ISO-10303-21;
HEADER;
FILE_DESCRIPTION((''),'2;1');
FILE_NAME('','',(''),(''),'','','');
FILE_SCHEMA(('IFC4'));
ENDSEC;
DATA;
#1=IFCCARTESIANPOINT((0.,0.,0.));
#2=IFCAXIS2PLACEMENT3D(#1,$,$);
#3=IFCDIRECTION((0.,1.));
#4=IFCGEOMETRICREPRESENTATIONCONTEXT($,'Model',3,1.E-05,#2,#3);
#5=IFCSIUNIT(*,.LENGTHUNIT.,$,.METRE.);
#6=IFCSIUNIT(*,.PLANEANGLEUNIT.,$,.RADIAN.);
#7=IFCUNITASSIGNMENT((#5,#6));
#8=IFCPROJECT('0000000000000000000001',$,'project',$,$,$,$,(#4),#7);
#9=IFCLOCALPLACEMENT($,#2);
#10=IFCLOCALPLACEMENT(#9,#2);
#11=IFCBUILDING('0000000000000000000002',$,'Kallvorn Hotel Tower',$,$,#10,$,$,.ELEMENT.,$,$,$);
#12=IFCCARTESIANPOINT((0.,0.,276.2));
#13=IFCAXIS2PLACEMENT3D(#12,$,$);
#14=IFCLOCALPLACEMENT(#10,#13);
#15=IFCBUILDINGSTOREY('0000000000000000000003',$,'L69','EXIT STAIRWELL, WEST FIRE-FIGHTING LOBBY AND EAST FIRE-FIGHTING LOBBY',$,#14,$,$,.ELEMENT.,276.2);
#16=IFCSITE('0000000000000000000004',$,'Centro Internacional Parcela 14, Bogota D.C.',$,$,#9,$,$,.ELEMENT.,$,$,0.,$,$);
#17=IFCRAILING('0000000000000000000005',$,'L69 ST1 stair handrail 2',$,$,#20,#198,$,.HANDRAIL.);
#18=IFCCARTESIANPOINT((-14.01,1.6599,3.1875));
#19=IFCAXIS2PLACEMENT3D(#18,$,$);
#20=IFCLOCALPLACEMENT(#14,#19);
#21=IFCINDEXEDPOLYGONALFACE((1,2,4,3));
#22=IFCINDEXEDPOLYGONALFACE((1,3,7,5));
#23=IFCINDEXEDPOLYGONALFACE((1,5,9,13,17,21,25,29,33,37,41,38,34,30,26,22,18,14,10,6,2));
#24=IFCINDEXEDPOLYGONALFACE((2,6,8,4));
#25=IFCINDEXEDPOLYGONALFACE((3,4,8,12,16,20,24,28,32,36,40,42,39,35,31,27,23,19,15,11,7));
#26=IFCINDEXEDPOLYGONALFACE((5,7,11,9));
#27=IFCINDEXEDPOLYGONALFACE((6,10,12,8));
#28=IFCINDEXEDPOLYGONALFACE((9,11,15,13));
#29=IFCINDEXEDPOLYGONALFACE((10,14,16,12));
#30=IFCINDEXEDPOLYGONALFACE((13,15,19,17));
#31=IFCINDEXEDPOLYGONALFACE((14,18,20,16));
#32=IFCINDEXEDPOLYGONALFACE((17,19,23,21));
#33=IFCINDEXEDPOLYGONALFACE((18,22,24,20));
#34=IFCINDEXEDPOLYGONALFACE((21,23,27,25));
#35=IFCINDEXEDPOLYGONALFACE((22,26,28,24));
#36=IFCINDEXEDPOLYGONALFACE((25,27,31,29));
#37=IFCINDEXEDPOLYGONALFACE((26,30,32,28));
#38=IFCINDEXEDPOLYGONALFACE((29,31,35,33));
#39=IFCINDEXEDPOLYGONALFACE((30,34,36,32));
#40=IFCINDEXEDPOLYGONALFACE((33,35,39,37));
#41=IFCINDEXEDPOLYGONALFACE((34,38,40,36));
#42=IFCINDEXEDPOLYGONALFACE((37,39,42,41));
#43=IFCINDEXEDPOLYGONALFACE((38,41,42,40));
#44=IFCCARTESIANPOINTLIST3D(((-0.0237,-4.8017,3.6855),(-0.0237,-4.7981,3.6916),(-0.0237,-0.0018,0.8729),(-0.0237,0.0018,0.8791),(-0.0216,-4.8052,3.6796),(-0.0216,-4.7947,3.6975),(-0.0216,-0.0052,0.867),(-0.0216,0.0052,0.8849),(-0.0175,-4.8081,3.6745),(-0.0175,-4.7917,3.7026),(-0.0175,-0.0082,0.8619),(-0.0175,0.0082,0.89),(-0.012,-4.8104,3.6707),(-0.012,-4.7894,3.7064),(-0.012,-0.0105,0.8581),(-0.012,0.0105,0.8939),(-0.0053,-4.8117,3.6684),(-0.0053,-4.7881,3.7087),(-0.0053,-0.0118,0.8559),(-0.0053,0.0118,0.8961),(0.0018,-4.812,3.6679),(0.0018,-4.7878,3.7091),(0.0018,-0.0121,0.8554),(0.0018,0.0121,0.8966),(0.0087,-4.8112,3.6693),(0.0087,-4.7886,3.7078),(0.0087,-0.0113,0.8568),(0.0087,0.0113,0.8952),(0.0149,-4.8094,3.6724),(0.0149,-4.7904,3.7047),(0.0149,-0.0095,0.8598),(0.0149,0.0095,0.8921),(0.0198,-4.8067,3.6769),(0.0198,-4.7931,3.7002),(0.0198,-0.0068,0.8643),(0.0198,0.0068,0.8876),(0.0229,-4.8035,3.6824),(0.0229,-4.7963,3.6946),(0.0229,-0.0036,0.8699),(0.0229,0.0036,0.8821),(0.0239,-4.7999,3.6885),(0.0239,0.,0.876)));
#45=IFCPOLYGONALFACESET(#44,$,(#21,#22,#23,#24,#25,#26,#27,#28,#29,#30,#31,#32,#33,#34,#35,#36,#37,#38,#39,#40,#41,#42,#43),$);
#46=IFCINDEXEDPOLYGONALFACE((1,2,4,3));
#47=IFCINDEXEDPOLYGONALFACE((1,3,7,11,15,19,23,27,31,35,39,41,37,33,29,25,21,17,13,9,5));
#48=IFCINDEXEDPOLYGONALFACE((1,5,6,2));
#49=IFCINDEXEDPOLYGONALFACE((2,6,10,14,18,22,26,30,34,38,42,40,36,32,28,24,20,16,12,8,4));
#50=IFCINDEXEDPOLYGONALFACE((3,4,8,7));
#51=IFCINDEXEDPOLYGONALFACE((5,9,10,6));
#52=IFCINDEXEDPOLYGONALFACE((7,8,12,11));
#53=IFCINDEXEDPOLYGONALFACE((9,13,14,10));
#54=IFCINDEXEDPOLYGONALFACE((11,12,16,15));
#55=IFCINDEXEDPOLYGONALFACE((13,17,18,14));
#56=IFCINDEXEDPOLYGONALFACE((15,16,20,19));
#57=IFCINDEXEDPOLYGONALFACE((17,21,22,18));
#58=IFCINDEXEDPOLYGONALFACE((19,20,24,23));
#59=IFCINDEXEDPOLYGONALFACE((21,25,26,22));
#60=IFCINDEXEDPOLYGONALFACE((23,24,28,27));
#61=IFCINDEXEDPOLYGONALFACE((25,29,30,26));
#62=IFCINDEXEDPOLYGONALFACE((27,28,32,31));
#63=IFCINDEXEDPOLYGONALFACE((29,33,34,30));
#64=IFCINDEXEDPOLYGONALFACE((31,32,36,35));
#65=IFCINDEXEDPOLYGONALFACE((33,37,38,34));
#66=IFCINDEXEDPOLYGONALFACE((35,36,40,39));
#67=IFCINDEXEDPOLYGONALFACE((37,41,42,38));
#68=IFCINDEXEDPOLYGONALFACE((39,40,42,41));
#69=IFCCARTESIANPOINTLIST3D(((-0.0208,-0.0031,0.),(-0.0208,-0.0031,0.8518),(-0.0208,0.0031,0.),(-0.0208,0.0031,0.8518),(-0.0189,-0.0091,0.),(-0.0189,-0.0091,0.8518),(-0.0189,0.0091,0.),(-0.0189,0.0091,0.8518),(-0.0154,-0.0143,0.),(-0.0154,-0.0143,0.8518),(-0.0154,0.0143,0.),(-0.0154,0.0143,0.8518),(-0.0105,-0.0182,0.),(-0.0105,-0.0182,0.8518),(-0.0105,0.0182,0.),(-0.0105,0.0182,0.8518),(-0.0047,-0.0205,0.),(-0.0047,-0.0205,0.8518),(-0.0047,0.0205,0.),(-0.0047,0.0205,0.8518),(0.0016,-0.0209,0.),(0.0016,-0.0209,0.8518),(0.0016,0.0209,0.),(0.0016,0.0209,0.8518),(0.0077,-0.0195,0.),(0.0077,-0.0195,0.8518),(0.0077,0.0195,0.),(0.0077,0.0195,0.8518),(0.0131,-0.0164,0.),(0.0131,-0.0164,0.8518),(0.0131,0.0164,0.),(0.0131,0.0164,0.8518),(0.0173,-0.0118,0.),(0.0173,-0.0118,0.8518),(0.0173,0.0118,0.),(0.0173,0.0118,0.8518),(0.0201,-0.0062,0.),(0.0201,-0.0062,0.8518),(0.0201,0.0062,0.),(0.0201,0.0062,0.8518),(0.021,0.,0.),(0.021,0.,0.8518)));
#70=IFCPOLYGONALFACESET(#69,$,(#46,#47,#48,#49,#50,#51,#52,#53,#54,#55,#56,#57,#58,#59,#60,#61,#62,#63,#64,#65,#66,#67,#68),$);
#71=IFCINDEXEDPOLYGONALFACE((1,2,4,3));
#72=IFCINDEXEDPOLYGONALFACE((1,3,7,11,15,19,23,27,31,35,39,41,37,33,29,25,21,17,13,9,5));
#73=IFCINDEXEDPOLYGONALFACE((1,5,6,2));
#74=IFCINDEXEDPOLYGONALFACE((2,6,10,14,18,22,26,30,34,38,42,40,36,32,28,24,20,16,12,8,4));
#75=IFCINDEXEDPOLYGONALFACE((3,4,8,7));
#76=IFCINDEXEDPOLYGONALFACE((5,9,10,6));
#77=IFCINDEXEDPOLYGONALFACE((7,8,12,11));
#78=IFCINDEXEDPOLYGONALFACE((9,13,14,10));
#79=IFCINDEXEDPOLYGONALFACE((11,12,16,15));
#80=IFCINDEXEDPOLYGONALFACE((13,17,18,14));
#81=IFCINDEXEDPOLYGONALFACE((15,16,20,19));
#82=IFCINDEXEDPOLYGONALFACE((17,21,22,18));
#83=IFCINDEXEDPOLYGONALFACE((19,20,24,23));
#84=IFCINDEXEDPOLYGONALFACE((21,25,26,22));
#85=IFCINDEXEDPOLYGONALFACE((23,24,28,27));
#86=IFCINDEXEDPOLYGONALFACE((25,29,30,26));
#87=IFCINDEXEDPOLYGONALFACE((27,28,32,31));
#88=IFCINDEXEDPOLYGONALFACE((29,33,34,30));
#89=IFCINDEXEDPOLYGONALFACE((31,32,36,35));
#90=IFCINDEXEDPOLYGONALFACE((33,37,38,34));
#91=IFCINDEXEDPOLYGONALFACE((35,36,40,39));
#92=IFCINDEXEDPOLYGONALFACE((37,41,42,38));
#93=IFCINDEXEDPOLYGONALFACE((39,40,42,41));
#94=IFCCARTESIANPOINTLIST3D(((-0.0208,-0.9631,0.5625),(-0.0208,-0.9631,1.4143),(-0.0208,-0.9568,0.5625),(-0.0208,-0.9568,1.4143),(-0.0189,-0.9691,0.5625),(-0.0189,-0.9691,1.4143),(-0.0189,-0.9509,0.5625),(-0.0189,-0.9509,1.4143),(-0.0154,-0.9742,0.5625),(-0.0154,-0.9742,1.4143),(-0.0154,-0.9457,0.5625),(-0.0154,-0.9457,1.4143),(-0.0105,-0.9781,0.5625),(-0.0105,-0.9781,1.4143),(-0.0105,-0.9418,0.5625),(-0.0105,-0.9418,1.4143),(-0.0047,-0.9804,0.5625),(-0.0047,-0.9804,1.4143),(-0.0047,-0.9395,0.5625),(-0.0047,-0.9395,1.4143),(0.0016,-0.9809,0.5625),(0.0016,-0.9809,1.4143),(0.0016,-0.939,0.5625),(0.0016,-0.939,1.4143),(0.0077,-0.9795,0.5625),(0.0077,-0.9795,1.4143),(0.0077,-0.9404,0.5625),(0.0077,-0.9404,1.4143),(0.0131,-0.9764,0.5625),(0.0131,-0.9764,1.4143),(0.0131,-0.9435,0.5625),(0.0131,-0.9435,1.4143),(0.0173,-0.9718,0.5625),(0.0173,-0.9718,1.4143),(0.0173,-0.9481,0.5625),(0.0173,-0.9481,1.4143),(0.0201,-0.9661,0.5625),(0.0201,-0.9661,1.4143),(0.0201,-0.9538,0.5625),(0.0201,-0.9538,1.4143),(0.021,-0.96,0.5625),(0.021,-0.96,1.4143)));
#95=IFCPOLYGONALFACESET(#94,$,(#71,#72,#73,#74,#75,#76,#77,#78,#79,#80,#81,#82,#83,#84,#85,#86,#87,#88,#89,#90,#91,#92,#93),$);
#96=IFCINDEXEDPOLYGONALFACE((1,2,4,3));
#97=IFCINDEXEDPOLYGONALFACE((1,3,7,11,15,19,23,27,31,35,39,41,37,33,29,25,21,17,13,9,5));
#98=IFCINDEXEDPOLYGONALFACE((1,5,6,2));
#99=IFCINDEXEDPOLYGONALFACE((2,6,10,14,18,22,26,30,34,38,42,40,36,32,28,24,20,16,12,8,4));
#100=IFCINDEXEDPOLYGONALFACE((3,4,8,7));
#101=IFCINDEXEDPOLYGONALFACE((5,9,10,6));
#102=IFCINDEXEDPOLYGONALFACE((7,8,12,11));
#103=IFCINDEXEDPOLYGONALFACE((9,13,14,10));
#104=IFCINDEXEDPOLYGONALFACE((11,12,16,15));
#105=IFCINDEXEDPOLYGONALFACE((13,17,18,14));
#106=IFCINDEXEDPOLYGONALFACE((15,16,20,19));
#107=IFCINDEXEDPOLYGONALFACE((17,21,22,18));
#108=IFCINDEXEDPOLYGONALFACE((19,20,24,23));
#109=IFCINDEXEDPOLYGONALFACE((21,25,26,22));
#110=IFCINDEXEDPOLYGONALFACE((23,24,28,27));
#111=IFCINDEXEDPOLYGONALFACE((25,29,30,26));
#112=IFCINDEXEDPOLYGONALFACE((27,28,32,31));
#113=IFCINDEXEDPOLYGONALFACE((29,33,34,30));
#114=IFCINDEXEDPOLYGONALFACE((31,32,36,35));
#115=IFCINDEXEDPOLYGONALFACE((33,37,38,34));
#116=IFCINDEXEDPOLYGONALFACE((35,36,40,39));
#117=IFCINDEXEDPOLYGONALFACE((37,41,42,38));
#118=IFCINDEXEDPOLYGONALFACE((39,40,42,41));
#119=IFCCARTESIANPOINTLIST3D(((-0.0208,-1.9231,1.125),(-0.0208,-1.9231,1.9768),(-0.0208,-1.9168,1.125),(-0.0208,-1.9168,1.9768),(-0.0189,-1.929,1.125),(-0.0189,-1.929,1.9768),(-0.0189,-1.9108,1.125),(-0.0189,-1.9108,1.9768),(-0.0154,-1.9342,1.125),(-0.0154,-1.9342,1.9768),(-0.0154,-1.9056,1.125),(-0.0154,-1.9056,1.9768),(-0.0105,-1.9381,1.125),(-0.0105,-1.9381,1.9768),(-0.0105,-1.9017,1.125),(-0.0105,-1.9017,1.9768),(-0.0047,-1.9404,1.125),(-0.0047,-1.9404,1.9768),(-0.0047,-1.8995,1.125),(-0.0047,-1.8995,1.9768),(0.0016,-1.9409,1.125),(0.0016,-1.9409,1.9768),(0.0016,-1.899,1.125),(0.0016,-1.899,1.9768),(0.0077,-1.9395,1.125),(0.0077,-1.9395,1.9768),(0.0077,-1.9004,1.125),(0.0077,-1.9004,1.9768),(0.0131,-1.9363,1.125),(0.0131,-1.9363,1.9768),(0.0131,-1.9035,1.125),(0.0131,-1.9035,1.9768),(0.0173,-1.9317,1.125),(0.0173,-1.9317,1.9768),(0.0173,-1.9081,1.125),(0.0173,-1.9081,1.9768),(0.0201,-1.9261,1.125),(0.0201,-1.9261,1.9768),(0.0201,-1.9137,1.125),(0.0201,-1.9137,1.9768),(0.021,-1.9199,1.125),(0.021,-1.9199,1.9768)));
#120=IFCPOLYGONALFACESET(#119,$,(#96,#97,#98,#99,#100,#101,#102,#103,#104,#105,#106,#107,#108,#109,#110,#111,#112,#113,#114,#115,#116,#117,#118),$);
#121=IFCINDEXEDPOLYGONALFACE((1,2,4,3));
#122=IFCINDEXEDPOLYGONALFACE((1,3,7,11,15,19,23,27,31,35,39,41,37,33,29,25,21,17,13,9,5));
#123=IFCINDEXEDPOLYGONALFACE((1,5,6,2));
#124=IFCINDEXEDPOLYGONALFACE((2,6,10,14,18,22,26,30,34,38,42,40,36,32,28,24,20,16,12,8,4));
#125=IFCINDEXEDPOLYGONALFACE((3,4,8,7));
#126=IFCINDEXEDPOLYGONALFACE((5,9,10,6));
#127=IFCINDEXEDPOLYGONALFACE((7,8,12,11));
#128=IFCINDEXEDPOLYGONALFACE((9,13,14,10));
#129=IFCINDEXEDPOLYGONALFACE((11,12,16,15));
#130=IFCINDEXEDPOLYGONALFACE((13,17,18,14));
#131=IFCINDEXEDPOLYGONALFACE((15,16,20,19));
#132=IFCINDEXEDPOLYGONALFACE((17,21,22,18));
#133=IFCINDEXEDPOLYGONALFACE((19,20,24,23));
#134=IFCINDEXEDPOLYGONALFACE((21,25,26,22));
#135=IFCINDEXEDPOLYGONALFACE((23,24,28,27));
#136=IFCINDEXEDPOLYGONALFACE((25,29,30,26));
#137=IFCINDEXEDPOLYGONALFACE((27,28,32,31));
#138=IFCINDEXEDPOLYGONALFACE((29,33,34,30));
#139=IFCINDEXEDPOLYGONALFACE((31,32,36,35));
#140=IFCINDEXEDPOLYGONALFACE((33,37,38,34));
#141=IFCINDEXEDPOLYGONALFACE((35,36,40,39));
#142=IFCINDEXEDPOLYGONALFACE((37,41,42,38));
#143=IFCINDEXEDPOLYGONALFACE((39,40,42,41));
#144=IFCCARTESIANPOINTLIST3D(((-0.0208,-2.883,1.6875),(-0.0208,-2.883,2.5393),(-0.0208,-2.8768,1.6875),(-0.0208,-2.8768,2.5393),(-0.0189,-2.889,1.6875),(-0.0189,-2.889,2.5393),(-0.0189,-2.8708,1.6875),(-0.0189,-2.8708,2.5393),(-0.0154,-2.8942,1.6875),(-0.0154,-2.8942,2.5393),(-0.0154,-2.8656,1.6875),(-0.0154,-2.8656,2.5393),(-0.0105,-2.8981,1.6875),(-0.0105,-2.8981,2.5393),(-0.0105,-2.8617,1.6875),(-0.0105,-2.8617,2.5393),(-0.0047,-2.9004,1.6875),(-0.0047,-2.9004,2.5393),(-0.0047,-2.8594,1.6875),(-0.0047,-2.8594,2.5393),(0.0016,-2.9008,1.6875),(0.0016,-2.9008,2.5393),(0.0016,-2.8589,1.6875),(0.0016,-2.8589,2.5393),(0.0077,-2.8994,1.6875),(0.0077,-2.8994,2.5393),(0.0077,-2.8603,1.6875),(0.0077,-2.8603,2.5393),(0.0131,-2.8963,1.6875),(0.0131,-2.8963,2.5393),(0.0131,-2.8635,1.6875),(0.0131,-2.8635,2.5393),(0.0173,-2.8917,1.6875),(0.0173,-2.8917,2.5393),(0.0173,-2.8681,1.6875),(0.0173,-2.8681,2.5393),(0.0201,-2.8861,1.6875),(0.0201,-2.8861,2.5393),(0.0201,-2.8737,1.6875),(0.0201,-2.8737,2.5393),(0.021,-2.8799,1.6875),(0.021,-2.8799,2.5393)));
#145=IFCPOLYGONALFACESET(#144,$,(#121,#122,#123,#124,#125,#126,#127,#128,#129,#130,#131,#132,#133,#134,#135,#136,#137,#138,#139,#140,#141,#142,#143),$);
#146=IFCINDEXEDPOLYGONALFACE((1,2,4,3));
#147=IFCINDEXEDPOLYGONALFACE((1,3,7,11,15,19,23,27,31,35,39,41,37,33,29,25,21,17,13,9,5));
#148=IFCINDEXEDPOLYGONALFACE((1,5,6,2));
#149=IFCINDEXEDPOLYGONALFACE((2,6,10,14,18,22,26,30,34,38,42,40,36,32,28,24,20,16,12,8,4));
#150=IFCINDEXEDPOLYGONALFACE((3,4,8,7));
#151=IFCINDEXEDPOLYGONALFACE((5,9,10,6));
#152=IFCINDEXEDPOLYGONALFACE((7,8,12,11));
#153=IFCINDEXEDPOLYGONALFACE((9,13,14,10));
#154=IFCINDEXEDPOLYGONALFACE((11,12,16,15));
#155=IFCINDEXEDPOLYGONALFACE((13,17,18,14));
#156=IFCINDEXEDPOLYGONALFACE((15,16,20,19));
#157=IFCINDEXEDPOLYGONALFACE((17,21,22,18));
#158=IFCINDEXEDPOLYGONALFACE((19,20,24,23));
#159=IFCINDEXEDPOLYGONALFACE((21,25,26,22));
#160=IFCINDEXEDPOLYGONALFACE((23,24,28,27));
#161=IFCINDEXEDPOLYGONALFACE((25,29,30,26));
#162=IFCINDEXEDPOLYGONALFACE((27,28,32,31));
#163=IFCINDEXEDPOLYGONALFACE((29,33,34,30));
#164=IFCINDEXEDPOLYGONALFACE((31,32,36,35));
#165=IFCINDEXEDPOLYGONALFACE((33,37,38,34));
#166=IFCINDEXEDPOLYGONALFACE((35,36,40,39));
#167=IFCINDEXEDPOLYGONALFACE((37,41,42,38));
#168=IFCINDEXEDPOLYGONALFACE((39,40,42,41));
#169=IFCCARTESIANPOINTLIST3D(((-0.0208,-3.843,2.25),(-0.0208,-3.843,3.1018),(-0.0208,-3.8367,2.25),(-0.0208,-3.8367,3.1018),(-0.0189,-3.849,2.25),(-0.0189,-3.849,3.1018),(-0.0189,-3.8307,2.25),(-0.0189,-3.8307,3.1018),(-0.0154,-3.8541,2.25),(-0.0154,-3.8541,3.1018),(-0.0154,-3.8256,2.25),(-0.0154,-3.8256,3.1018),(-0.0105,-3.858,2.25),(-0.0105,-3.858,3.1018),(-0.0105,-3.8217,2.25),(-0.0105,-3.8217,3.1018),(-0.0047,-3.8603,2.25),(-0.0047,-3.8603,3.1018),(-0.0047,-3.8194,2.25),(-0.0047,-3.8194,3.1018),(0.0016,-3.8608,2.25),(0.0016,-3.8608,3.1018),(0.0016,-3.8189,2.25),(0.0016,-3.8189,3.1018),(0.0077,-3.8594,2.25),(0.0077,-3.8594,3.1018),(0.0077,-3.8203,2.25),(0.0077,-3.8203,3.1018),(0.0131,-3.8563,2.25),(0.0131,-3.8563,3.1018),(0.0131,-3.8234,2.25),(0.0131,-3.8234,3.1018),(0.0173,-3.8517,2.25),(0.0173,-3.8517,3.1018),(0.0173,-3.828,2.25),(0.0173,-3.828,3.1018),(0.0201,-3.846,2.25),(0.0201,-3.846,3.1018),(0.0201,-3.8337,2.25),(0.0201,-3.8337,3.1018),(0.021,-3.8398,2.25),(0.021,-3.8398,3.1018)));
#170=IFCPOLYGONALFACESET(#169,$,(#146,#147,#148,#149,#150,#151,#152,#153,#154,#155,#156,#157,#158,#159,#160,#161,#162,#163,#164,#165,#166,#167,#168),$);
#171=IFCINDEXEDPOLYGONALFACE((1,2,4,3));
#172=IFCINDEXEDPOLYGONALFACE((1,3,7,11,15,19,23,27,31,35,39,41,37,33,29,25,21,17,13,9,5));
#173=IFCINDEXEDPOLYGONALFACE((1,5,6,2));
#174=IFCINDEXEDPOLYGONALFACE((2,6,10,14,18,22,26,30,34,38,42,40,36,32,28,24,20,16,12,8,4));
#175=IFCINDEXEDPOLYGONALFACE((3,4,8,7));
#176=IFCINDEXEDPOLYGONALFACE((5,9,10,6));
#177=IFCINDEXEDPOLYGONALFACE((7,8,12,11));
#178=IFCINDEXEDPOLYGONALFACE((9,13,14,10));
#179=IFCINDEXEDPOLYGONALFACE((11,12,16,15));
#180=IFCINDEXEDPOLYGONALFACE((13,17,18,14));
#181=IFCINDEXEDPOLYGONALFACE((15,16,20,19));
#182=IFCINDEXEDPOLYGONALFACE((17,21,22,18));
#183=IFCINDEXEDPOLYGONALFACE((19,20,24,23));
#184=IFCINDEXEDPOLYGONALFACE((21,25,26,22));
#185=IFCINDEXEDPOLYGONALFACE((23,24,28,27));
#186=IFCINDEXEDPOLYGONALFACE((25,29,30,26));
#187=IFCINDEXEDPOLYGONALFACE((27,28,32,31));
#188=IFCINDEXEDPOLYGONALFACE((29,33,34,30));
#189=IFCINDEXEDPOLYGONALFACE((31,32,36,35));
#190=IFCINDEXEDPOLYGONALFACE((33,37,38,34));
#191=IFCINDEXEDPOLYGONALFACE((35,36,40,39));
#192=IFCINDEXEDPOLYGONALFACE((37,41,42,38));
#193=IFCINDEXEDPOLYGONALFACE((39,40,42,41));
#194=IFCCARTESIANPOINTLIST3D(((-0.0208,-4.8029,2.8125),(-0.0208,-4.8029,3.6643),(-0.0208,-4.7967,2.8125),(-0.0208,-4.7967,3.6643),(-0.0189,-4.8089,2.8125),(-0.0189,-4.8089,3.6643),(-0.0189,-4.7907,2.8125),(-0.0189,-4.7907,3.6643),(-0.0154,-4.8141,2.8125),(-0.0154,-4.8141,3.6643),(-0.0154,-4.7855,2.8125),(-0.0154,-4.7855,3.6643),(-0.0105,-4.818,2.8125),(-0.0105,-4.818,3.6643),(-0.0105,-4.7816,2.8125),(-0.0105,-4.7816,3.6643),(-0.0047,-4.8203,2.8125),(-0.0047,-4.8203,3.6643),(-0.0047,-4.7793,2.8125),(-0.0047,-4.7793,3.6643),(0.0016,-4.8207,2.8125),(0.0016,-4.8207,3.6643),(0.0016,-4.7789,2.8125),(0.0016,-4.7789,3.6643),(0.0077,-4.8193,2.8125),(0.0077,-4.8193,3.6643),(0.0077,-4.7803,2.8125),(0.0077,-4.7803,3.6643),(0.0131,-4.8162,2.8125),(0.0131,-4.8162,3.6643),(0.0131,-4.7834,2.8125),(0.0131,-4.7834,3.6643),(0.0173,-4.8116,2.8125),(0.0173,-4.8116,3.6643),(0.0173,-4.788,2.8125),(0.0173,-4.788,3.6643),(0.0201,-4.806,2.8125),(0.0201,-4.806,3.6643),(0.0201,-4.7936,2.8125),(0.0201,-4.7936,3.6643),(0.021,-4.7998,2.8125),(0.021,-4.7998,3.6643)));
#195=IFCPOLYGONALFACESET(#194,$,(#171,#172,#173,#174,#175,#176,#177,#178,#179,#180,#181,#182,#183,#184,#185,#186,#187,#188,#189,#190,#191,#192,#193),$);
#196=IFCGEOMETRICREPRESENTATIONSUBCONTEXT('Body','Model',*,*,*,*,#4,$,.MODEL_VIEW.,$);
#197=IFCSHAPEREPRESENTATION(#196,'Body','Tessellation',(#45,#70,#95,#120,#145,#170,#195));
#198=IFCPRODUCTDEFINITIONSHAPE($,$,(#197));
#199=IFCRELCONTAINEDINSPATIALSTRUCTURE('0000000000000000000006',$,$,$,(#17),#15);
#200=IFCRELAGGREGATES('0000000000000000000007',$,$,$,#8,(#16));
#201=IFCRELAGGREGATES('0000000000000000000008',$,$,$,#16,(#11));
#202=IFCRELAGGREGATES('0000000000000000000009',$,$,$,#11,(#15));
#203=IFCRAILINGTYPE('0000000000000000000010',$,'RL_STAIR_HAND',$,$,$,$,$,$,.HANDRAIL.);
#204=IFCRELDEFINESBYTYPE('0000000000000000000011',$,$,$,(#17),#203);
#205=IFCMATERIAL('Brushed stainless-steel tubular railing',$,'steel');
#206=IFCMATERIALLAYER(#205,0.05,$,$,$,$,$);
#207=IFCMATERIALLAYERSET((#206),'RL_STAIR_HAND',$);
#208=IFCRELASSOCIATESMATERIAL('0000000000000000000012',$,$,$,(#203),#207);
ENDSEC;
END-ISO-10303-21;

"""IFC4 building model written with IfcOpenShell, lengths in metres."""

from ifc_helpers import new_model, si_unit, direction, frame, origin, origin_2d, place, context, subcontext, project, spatial, circle, extrude, material, layer, layer_set, type_object, element, save


model = new_model("IFC4")

# Units and contexts
model_context = context("Model", 3, precision=1e-05, world=origin(), true_north=direction((0.0, 1.0)))
body_context = subcontext(model_context, "Body", "Model", "MODEL_VIEW")
ifc_project = project(units=[si_unit("LENGTHUNIT", "METRE"), si_unit("PLANEANGLEUNIT", "RADIAN")], contexts=[model_context])

# Site, building, storey
site_placement = place(None, origin())
site = spatial("IfcSite", under=ifc_project, at=site_placement, Name="Centro Internacional Parcela 14, Bogota D.C.", CompositionType="ELEMENT", RefElevation=0.0)
building_placement = place(site_placement, origin())
building = spatial("IfcBuilding", under=site, at=building_placement, Name="Kallvorn Hotel Tower", CompositionType="ELEMENT")
storey_placement = place(building_placement, frame((0.0, 0.0, 276.2)))
storey = spatial("IfcBuildingStorey", under=building, at=storey_placement, Name="L69", Description="EXIT STAIRWELL, WEST FIRE-FIGHTING LOBBY AND EAST FIRE-FIGHTING LOBBY", CompositionType="ELEMENT", Elevation=276.2)

# Railing
ifc_material_1 = material(Name="Brushed stainless-steel tubular railing", Category="steel")
ifc_layer_1 = layer(ifc_material_1, 0.05)
ifc_layer_set_1 = layer_set([ifc_layer_1], Name="RL_STAIR_HAND")
railing_type_1 = type_object("IfcRailingType", Name="RL_STAIR_HAND", PredefinedType="HANDRAIL", material=ifc_layer_set_1)
railing_1_placement = place(storey_placement, frame((-14.01, 1.6599, 3.1875)))
element("IfcRailing", 1, at=railing_1_placement, inside=storey, type_object=railing_type_1, Name="L69 ST1 stair handrail 2", PredefinedType="HANDRAIL", context=body_context, shape_type="SweptSolid", body=[
    extrude(circle(Radius=0.0239, at=origin_2d()), frame((0.0, 0.0, 0.876), z_axis=(0.0, -0.86279, 0.505562), x_axis=(1.0, 0.0, 0.0)), (0.0, 0.0, 1.0), 5.5632),
    extrude(circle(Radius=0.021, at=origin_2d()), origin(), (0.0, 0.0, 1.0), 0.8518),
    extrude(circle(Radius=0.021, at=origin_2d()), frame((0.0, -0.96, 0.5625)), (0.0, 0.0, 1.0), 0.8518),
    extrude(circle(Radius=0.021, at=origin_2d()), frame((0.0, -1.9199, 1.125)), (0.0, 0.0, 1.0), 0.8518),
    extrude(circle(Radius=0.021, at=origin_2d()), frame((0.0, -2.8799, 1.6875)), (0.0, 0.0, 1.0), 0.8518),
    extrude(circle(Radius=0.021, at=origin_2d()), frame((0.0, -3.8398, 2.25)), (0.0, 0.0, 1.0), 0.8518),
    extrude(circle(Radius=0.021, at=origin_2d()), frame((0.0, -4.7998, 2.8125)), (0.0, 0.0, 1.0), 0.8518),
])

save(model, "model.ifc")
